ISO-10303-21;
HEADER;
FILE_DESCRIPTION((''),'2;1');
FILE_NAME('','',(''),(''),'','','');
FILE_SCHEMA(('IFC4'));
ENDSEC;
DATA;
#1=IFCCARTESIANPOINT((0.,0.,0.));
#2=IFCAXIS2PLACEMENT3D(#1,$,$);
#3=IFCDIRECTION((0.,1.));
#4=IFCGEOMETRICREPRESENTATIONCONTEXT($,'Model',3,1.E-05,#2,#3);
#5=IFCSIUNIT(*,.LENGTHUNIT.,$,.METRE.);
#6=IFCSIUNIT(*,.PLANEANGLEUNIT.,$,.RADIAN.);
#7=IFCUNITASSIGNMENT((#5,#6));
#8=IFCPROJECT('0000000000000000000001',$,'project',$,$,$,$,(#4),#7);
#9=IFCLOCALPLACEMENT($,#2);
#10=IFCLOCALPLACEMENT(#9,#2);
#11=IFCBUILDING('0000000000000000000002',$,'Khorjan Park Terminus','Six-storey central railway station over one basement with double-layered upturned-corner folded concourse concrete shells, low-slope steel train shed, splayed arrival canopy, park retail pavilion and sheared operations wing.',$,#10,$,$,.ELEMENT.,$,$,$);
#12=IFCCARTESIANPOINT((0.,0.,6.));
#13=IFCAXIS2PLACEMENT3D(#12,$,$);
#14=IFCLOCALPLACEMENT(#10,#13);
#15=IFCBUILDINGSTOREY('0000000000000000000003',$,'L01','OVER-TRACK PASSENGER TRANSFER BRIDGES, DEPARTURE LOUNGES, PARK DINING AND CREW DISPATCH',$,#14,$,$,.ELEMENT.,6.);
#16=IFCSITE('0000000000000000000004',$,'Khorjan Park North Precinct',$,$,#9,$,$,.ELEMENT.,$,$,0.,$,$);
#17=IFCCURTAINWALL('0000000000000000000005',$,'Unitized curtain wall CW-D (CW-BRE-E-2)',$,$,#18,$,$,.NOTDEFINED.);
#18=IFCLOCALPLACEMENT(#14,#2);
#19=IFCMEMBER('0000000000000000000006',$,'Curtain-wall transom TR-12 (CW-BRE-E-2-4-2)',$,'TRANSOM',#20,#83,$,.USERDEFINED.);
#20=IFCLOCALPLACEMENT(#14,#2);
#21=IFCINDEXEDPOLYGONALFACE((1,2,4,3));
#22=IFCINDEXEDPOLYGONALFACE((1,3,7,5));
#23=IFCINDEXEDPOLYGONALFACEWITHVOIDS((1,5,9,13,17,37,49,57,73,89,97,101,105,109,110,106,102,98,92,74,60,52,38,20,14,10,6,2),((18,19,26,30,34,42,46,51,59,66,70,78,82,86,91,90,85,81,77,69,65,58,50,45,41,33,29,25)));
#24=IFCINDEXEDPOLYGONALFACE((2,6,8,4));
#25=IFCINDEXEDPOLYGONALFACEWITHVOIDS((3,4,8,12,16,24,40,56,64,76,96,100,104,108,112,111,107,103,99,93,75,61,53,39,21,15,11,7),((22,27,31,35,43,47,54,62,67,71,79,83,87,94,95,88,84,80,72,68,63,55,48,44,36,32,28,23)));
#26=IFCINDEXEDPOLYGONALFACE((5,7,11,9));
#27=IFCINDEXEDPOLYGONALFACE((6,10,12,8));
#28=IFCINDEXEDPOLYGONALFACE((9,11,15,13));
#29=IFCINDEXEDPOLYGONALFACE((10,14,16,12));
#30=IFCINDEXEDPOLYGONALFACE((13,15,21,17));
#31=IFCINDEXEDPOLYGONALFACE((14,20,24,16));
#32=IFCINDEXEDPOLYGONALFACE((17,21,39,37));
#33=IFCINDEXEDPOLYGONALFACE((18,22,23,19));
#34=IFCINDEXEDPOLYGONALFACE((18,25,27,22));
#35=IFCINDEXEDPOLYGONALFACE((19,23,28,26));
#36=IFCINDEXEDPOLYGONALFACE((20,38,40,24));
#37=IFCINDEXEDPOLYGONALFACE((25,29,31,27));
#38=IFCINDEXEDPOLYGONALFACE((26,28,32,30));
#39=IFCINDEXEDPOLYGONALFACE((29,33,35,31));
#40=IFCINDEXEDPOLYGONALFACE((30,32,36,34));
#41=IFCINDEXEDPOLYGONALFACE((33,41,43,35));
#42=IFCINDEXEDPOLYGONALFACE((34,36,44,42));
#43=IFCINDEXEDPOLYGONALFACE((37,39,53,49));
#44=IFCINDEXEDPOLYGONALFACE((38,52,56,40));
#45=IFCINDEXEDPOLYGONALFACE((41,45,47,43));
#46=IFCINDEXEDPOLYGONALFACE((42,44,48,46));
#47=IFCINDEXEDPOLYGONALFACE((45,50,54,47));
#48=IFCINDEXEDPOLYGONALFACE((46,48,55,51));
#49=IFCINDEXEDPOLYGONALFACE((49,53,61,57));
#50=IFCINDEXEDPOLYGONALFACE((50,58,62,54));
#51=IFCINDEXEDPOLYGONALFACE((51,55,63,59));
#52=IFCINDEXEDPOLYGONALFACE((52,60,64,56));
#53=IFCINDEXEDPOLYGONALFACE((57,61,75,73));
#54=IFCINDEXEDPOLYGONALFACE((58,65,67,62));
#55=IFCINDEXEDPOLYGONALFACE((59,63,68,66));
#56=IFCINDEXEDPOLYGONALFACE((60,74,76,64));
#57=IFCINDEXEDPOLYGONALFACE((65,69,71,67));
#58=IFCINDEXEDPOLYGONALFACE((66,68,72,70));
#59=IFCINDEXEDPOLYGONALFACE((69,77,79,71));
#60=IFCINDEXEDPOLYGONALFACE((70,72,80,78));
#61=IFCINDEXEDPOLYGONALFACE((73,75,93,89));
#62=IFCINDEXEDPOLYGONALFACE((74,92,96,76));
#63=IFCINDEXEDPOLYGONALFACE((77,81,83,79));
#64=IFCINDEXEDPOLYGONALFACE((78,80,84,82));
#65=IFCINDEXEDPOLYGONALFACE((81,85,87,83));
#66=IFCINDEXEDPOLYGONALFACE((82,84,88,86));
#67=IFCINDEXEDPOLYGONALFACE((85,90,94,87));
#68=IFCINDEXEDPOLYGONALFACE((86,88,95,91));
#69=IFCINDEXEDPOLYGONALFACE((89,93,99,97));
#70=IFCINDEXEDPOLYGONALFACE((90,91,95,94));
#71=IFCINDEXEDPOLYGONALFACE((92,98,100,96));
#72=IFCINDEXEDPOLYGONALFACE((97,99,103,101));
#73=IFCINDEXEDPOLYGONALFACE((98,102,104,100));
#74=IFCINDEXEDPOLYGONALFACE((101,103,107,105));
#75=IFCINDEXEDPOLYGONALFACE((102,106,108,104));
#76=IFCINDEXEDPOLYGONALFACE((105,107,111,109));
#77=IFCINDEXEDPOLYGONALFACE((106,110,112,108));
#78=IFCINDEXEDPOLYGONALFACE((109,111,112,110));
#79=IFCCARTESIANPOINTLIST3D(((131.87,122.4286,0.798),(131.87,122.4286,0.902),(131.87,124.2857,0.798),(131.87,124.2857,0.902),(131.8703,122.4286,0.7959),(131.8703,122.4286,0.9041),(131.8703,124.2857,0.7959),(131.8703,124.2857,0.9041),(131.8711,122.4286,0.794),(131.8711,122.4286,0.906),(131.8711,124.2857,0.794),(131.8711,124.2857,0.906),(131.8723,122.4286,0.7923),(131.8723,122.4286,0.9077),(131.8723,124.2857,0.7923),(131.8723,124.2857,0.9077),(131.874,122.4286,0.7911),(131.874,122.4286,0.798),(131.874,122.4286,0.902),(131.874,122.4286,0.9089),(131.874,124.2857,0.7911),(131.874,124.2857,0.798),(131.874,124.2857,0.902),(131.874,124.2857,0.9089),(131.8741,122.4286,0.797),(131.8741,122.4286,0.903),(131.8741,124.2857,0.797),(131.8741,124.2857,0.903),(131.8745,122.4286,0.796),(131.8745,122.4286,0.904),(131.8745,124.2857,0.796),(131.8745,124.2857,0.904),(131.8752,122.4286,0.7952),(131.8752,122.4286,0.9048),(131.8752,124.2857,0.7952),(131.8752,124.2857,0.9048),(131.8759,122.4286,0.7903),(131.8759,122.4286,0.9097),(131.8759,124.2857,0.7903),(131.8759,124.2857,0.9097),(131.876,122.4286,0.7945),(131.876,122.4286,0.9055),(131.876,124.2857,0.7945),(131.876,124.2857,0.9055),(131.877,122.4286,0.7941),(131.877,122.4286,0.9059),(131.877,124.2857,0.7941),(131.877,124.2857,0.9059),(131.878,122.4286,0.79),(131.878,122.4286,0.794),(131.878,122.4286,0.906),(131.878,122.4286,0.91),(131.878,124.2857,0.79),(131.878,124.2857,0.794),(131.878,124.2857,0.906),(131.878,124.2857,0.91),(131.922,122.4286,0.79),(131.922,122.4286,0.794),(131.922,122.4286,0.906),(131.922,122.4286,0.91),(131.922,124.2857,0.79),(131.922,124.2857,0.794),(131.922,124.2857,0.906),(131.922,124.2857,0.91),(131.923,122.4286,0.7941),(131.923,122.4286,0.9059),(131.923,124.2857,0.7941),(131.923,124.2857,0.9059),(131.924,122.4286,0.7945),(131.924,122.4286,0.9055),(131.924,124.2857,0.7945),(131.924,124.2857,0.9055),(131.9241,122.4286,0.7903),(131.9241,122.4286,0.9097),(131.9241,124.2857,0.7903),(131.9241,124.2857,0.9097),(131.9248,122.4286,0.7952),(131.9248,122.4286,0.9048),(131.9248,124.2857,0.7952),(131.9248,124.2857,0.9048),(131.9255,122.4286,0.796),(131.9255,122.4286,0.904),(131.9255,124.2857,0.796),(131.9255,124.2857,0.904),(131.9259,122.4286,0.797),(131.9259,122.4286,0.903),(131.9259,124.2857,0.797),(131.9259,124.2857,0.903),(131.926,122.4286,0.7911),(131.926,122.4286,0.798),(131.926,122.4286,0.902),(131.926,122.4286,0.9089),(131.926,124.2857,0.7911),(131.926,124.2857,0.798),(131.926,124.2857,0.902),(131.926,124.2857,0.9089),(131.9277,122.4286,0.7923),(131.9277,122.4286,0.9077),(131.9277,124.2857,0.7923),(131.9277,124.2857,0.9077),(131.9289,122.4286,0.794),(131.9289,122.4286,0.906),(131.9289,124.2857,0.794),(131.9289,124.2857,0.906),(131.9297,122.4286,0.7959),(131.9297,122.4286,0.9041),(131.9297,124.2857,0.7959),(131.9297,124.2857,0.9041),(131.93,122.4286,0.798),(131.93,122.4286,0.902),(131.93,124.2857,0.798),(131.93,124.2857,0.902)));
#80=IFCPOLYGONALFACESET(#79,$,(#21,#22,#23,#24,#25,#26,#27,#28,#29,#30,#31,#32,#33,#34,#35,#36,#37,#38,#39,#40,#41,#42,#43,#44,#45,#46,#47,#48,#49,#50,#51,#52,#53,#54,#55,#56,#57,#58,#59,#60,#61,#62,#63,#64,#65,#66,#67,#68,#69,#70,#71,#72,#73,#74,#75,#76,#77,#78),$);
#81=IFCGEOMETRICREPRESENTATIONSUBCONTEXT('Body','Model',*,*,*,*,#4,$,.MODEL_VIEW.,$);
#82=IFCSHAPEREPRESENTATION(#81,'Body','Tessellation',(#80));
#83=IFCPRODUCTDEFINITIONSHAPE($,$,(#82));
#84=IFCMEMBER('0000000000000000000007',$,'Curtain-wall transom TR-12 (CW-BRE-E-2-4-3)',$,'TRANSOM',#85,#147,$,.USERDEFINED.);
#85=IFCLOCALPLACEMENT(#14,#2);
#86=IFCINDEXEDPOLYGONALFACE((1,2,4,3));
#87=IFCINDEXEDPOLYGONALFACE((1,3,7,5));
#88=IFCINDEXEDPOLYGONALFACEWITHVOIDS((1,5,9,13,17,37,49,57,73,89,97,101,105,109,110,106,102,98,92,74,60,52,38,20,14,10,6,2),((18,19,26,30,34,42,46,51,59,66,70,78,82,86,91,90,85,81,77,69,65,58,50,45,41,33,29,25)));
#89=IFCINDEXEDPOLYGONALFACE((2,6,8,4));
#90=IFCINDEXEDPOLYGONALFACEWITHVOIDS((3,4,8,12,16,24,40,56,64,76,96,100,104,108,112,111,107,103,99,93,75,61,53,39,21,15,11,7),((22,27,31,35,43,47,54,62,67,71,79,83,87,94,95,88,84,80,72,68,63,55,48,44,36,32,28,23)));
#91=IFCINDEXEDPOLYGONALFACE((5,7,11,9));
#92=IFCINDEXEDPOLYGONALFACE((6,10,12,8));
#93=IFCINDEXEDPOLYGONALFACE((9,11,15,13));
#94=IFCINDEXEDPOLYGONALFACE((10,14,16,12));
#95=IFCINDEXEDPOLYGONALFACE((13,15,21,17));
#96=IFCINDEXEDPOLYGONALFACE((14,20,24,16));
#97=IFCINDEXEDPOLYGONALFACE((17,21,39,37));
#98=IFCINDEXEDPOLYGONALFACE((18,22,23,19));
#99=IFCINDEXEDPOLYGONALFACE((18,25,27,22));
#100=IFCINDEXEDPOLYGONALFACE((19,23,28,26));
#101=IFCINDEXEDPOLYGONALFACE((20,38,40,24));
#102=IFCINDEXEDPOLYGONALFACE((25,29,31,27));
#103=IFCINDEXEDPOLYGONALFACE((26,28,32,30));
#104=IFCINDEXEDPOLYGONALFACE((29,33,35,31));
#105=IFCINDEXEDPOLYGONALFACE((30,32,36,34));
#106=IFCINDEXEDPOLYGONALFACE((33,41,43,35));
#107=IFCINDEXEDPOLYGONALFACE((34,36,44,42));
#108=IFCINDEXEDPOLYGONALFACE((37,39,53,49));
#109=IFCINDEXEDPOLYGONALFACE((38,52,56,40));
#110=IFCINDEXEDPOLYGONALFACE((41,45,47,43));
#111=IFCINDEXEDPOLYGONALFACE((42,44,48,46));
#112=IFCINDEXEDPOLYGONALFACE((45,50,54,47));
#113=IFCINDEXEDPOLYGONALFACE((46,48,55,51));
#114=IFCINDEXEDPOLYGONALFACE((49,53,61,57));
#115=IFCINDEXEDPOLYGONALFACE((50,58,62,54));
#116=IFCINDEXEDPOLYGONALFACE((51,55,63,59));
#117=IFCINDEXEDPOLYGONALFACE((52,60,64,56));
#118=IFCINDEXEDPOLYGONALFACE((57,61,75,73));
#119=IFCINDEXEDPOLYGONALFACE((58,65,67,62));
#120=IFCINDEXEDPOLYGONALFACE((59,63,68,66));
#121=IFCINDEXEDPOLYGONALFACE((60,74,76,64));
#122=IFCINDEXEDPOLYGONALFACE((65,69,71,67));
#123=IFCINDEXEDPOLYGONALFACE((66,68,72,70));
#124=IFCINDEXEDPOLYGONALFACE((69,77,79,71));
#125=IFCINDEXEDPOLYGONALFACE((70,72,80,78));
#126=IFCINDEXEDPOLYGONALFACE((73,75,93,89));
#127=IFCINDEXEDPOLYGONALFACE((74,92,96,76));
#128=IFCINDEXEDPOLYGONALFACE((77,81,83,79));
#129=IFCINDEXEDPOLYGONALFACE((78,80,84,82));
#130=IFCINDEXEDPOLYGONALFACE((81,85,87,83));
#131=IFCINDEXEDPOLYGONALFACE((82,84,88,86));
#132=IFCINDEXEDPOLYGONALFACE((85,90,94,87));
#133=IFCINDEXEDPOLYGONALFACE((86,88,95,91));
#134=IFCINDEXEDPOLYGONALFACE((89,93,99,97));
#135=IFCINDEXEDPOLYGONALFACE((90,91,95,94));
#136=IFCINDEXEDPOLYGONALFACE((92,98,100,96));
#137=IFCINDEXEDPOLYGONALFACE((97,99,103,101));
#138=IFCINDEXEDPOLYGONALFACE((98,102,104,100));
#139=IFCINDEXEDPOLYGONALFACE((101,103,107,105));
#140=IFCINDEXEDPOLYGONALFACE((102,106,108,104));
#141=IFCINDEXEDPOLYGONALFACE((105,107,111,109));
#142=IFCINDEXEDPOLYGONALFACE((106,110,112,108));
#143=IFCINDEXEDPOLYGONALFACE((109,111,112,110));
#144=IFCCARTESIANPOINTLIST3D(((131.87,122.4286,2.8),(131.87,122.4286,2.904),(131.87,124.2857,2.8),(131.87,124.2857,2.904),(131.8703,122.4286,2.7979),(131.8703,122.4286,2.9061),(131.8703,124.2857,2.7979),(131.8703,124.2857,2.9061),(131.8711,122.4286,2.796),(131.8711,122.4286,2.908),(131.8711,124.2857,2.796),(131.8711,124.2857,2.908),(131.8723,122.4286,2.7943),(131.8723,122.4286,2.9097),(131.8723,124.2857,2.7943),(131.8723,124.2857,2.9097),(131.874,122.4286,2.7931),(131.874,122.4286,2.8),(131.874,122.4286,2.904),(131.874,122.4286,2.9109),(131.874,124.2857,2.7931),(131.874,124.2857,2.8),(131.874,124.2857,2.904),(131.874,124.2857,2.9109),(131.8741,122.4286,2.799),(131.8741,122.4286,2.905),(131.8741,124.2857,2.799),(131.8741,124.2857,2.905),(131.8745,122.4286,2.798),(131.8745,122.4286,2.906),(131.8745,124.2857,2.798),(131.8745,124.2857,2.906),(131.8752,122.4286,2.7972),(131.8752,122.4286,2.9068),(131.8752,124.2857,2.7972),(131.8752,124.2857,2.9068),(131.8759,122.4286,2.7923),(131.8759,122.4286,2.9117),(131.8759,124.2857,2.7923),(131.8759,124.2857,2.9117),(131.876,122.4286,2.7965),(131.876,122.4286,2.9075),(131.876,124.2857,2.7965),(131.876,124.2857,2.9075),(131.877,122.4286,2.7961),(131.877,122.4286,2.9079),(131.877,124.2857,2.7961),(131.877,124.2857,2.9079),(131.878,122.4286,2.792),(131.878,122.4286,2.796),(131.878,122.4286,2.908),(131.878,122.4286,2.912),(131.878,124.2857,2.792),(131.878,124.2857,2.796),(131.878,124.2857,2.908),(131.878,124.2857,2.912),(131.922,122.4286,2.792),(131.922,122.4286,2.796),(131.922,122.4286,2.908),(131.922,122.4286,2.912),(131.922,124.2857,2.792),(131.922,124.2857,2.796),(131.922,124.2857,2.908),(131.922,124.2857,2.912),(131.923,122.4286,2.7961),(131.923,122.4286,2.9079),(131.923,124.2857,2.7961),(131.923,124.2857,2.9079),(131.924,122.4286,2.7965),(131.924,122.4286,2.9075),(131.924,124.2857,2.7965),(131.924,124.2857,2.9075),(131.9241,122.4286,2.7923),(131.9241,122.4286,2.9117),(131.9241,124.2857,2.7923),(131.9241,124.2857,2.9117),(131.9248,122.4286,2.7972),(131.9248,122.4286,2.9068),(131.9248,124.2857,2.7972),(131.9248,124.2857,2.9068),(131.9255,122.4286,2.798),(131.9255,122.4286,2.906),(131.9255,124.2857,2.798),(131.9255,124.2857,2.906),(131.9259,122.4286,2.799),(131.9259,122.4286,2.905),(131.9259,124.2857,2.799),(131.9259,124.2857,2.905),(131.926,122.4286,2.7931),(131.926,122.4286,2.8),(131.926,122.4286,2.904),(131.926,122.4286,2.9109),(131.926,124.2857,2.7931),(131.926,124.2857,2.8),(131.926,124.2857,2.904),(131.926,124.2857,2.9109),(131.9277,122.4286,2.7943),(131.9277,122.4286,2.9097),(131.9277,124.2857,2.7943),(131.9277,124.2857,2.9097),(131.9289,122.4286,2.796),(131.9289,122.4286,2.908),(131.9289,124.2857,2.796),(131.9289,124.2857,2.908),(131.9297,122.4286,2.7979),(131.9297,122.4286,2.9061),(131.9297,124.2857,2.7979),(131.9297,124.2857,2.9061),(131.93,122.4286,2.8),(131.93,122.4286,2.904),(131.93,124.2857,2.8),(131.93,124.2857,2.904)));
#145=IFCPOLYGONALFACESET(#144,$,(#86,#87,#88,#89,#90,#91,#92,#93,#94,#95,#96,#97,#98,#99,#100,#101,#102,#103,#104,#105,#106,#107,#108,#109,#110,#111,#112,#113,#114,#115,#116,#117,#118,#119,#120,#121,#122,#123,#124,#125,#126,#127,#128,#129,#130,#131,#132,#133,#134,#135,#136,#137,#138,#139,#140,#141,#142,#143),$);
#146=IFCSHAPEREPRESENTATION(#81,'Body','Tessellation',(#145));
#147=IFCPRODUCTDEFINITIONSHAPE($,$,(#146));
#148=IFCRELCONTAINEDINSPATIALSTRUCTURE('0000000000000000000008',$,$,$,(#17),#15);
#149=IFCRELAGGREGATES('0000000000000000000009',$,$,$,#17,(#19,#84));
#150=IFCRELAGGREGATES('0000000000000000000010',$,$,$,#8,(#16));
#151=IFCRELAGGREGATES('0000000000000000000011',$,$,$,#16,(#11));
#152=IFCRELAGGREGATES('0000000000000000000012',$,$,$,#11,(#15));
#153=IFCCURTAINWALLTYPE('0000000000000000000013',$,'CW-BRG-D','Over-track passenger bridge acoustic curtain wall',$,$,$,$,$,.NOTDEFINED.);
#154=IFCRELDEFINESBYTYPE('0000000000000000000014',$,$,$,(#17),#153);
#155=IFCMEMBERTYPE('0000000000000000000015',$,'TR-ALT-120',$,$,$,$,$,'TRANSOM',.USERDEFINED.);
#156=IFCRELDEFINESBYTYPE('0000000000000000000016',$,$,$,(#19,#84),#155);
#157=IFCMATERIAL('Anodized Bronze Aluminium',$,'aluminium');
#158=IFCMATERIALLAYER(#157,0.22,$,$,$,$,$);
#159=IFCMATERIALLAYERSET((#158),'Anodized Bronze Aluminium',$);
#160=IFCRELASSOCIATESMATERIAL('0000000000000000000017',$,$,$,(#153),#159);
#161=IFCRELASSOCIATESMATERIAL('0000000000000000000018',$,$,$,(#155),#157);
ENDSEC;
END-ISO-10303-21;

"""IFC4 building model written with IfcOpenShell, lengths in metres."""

from ifc_helpers import new_model, si_unit, direction, frame, origin, origin_2d, place, context, subcontext, project, spatial, hollow_rectangle, extrude, material, layer, layer_set, material_profile, profile_set, type_object, element, aggregate, save


model = new_model("IFC4")

# Units and contexts
model_context = context("Model", 3, precision=1e-05, world=origin(), true_north=direction((0.0, 1.0)))
body_context = subcontext(model_context, "Body", "Model", "MODEL_VIEW")
ifc_project = project(units=[si_unit("LENGTHUNIT", "METRE"), si_unit("PLANEANGLEUNIT", "RADIAN")], contexts=[model_context])

# Site, building, storey
site_placement = place(None, origin())
site = spatial("IfcSite", under=ifc_project, at=site_placement, Name="Khorjan Park North Precinct", CompositionType="ELEMENT", RefElevation=0.0)
building_placement = place(site_placement, origin())
building = spatial("IfcBuilding", under=site, at=building_placement, Name="Khorjan Park Terminus", Description="Six-storey central railway station over one basement with double-layered upturned-corner folded concourse concrete shells, low-slope steel train shed, splayed arrival canopy, park retail pavilion and sheared operations wing.", CompositionType="ELEMENT")
storey_placement = place(building_placement, frame((0.0, 0.0, 6.0)))
storey = spatial("IfcBuildingStorey", under=building, at=storey_placement, Name="L01", Description="OVER-TRACK PASSENGER TRANSFER BRIDGES, DEPARTURE LOUNGES, PARK DINING AND CREW DISPATCH", CompositionType="ELEMENT", Elevation=6.0)

# Curtain wall, members
ifc_material_1 = material(Name="Anodized Bronze Aluminium", Category="aluminium")
ifc_layer_1 = layer(ifc_material_1, 0.22)
ifc_layer_set_1 = layer_set([ifc_layer_1], Name="Anodized Bronze Aluminium")
curtain_wall_type = type_object("IfcCurtainWallType", Name="CW-BRG-D", Description="Over-track passenger bridge acoustic curtain wall", PredefinedType="NOTDEFINED", material=ifc_layer_set_1)
curtain_wall_placement = place(storey_placement, origin())
curtain_wall = element("IfcCurtainWall", 1, at=curtain_wall_placement, inside=storey, type_object=curtain_wall_type, Name="Unitized curtain wall CW-D (CW-BRE-E-2)", PredefinedType="NOTDEFINED")
ifc_material_profile_1 = material_profile(ifc_material_1, hollow_rectangle(XDim=0.06, YDim=0.12, WallThickness=0.004, InnerFilletRadius=0.004, OuterFilletRadius=0.008, at=origin_2d()), Name="ALT 60x120x4")
ifc_profile_set_1 = profile_set([ifc_material_profile_1], Name="Anodized Bronze Aluminium")
member_type_1 = type_object("IfcMemberType", Name="TR-ALT-120", ElementType="TRANSOM", PredefinedType="USERDEFINED", material=ifc_profile_set_1)
member_1_placement = place(storey_placement, frame((131.9, 122.4286, 0.85), z_axis=(0.0, 1.0, 0.0), x_axis=(-1.0, 0.0, 0.0)))
member_1 = element("IfcMember", 2, at=member_1_placement, type_object=member_type_1, Name="Curtain-wall transom TR-12 (CW-BRE-E-2-4-2)", ObjectType="TRANSOM", PredefinedType="USERDEFINED", context=body_context, shape_type="SweptSolid", body=[
    extrude(hollow_rectangle(XDim=0.06, YDim=0.12, WallThickness=0.004, InnerFilletRadius=0.004, OuterFilletRadius=0.008, at=origin_2d()), origin(), (0.0, 0.0, 1.0), 1.8571),
])
member_2_placement = place(storey_placement, frame((131.9, 122.4286, 2.852), z_axis=(0.0, 1.0, 0.0), x_axis=(-1.0, 0.0, 0.0)))
member_2 = element("IfcMember", 3, at=member_2_placement, type_object=member_type_1, Name="Curtain-wall transom TR-12 (CW-BRE-E-2-4-3)", ObjectType="TRANSOM", PredefinedType="USERDEFINED", context=body_context, shape_type="SweptSolid", body=[
    extrude(hollow_rectangle(XDim=0.06, YDim=0.12, WallThickness=0.004, InnerFilletRadius=0.004, OuterFilletRadius=0.008, at=origin_2d()), origin(), (0.0, 0.0, 1.0), 1.8571),
])
aggregate(curtain_wall, [member_1, member_2])

save(model, "model.ifc")
